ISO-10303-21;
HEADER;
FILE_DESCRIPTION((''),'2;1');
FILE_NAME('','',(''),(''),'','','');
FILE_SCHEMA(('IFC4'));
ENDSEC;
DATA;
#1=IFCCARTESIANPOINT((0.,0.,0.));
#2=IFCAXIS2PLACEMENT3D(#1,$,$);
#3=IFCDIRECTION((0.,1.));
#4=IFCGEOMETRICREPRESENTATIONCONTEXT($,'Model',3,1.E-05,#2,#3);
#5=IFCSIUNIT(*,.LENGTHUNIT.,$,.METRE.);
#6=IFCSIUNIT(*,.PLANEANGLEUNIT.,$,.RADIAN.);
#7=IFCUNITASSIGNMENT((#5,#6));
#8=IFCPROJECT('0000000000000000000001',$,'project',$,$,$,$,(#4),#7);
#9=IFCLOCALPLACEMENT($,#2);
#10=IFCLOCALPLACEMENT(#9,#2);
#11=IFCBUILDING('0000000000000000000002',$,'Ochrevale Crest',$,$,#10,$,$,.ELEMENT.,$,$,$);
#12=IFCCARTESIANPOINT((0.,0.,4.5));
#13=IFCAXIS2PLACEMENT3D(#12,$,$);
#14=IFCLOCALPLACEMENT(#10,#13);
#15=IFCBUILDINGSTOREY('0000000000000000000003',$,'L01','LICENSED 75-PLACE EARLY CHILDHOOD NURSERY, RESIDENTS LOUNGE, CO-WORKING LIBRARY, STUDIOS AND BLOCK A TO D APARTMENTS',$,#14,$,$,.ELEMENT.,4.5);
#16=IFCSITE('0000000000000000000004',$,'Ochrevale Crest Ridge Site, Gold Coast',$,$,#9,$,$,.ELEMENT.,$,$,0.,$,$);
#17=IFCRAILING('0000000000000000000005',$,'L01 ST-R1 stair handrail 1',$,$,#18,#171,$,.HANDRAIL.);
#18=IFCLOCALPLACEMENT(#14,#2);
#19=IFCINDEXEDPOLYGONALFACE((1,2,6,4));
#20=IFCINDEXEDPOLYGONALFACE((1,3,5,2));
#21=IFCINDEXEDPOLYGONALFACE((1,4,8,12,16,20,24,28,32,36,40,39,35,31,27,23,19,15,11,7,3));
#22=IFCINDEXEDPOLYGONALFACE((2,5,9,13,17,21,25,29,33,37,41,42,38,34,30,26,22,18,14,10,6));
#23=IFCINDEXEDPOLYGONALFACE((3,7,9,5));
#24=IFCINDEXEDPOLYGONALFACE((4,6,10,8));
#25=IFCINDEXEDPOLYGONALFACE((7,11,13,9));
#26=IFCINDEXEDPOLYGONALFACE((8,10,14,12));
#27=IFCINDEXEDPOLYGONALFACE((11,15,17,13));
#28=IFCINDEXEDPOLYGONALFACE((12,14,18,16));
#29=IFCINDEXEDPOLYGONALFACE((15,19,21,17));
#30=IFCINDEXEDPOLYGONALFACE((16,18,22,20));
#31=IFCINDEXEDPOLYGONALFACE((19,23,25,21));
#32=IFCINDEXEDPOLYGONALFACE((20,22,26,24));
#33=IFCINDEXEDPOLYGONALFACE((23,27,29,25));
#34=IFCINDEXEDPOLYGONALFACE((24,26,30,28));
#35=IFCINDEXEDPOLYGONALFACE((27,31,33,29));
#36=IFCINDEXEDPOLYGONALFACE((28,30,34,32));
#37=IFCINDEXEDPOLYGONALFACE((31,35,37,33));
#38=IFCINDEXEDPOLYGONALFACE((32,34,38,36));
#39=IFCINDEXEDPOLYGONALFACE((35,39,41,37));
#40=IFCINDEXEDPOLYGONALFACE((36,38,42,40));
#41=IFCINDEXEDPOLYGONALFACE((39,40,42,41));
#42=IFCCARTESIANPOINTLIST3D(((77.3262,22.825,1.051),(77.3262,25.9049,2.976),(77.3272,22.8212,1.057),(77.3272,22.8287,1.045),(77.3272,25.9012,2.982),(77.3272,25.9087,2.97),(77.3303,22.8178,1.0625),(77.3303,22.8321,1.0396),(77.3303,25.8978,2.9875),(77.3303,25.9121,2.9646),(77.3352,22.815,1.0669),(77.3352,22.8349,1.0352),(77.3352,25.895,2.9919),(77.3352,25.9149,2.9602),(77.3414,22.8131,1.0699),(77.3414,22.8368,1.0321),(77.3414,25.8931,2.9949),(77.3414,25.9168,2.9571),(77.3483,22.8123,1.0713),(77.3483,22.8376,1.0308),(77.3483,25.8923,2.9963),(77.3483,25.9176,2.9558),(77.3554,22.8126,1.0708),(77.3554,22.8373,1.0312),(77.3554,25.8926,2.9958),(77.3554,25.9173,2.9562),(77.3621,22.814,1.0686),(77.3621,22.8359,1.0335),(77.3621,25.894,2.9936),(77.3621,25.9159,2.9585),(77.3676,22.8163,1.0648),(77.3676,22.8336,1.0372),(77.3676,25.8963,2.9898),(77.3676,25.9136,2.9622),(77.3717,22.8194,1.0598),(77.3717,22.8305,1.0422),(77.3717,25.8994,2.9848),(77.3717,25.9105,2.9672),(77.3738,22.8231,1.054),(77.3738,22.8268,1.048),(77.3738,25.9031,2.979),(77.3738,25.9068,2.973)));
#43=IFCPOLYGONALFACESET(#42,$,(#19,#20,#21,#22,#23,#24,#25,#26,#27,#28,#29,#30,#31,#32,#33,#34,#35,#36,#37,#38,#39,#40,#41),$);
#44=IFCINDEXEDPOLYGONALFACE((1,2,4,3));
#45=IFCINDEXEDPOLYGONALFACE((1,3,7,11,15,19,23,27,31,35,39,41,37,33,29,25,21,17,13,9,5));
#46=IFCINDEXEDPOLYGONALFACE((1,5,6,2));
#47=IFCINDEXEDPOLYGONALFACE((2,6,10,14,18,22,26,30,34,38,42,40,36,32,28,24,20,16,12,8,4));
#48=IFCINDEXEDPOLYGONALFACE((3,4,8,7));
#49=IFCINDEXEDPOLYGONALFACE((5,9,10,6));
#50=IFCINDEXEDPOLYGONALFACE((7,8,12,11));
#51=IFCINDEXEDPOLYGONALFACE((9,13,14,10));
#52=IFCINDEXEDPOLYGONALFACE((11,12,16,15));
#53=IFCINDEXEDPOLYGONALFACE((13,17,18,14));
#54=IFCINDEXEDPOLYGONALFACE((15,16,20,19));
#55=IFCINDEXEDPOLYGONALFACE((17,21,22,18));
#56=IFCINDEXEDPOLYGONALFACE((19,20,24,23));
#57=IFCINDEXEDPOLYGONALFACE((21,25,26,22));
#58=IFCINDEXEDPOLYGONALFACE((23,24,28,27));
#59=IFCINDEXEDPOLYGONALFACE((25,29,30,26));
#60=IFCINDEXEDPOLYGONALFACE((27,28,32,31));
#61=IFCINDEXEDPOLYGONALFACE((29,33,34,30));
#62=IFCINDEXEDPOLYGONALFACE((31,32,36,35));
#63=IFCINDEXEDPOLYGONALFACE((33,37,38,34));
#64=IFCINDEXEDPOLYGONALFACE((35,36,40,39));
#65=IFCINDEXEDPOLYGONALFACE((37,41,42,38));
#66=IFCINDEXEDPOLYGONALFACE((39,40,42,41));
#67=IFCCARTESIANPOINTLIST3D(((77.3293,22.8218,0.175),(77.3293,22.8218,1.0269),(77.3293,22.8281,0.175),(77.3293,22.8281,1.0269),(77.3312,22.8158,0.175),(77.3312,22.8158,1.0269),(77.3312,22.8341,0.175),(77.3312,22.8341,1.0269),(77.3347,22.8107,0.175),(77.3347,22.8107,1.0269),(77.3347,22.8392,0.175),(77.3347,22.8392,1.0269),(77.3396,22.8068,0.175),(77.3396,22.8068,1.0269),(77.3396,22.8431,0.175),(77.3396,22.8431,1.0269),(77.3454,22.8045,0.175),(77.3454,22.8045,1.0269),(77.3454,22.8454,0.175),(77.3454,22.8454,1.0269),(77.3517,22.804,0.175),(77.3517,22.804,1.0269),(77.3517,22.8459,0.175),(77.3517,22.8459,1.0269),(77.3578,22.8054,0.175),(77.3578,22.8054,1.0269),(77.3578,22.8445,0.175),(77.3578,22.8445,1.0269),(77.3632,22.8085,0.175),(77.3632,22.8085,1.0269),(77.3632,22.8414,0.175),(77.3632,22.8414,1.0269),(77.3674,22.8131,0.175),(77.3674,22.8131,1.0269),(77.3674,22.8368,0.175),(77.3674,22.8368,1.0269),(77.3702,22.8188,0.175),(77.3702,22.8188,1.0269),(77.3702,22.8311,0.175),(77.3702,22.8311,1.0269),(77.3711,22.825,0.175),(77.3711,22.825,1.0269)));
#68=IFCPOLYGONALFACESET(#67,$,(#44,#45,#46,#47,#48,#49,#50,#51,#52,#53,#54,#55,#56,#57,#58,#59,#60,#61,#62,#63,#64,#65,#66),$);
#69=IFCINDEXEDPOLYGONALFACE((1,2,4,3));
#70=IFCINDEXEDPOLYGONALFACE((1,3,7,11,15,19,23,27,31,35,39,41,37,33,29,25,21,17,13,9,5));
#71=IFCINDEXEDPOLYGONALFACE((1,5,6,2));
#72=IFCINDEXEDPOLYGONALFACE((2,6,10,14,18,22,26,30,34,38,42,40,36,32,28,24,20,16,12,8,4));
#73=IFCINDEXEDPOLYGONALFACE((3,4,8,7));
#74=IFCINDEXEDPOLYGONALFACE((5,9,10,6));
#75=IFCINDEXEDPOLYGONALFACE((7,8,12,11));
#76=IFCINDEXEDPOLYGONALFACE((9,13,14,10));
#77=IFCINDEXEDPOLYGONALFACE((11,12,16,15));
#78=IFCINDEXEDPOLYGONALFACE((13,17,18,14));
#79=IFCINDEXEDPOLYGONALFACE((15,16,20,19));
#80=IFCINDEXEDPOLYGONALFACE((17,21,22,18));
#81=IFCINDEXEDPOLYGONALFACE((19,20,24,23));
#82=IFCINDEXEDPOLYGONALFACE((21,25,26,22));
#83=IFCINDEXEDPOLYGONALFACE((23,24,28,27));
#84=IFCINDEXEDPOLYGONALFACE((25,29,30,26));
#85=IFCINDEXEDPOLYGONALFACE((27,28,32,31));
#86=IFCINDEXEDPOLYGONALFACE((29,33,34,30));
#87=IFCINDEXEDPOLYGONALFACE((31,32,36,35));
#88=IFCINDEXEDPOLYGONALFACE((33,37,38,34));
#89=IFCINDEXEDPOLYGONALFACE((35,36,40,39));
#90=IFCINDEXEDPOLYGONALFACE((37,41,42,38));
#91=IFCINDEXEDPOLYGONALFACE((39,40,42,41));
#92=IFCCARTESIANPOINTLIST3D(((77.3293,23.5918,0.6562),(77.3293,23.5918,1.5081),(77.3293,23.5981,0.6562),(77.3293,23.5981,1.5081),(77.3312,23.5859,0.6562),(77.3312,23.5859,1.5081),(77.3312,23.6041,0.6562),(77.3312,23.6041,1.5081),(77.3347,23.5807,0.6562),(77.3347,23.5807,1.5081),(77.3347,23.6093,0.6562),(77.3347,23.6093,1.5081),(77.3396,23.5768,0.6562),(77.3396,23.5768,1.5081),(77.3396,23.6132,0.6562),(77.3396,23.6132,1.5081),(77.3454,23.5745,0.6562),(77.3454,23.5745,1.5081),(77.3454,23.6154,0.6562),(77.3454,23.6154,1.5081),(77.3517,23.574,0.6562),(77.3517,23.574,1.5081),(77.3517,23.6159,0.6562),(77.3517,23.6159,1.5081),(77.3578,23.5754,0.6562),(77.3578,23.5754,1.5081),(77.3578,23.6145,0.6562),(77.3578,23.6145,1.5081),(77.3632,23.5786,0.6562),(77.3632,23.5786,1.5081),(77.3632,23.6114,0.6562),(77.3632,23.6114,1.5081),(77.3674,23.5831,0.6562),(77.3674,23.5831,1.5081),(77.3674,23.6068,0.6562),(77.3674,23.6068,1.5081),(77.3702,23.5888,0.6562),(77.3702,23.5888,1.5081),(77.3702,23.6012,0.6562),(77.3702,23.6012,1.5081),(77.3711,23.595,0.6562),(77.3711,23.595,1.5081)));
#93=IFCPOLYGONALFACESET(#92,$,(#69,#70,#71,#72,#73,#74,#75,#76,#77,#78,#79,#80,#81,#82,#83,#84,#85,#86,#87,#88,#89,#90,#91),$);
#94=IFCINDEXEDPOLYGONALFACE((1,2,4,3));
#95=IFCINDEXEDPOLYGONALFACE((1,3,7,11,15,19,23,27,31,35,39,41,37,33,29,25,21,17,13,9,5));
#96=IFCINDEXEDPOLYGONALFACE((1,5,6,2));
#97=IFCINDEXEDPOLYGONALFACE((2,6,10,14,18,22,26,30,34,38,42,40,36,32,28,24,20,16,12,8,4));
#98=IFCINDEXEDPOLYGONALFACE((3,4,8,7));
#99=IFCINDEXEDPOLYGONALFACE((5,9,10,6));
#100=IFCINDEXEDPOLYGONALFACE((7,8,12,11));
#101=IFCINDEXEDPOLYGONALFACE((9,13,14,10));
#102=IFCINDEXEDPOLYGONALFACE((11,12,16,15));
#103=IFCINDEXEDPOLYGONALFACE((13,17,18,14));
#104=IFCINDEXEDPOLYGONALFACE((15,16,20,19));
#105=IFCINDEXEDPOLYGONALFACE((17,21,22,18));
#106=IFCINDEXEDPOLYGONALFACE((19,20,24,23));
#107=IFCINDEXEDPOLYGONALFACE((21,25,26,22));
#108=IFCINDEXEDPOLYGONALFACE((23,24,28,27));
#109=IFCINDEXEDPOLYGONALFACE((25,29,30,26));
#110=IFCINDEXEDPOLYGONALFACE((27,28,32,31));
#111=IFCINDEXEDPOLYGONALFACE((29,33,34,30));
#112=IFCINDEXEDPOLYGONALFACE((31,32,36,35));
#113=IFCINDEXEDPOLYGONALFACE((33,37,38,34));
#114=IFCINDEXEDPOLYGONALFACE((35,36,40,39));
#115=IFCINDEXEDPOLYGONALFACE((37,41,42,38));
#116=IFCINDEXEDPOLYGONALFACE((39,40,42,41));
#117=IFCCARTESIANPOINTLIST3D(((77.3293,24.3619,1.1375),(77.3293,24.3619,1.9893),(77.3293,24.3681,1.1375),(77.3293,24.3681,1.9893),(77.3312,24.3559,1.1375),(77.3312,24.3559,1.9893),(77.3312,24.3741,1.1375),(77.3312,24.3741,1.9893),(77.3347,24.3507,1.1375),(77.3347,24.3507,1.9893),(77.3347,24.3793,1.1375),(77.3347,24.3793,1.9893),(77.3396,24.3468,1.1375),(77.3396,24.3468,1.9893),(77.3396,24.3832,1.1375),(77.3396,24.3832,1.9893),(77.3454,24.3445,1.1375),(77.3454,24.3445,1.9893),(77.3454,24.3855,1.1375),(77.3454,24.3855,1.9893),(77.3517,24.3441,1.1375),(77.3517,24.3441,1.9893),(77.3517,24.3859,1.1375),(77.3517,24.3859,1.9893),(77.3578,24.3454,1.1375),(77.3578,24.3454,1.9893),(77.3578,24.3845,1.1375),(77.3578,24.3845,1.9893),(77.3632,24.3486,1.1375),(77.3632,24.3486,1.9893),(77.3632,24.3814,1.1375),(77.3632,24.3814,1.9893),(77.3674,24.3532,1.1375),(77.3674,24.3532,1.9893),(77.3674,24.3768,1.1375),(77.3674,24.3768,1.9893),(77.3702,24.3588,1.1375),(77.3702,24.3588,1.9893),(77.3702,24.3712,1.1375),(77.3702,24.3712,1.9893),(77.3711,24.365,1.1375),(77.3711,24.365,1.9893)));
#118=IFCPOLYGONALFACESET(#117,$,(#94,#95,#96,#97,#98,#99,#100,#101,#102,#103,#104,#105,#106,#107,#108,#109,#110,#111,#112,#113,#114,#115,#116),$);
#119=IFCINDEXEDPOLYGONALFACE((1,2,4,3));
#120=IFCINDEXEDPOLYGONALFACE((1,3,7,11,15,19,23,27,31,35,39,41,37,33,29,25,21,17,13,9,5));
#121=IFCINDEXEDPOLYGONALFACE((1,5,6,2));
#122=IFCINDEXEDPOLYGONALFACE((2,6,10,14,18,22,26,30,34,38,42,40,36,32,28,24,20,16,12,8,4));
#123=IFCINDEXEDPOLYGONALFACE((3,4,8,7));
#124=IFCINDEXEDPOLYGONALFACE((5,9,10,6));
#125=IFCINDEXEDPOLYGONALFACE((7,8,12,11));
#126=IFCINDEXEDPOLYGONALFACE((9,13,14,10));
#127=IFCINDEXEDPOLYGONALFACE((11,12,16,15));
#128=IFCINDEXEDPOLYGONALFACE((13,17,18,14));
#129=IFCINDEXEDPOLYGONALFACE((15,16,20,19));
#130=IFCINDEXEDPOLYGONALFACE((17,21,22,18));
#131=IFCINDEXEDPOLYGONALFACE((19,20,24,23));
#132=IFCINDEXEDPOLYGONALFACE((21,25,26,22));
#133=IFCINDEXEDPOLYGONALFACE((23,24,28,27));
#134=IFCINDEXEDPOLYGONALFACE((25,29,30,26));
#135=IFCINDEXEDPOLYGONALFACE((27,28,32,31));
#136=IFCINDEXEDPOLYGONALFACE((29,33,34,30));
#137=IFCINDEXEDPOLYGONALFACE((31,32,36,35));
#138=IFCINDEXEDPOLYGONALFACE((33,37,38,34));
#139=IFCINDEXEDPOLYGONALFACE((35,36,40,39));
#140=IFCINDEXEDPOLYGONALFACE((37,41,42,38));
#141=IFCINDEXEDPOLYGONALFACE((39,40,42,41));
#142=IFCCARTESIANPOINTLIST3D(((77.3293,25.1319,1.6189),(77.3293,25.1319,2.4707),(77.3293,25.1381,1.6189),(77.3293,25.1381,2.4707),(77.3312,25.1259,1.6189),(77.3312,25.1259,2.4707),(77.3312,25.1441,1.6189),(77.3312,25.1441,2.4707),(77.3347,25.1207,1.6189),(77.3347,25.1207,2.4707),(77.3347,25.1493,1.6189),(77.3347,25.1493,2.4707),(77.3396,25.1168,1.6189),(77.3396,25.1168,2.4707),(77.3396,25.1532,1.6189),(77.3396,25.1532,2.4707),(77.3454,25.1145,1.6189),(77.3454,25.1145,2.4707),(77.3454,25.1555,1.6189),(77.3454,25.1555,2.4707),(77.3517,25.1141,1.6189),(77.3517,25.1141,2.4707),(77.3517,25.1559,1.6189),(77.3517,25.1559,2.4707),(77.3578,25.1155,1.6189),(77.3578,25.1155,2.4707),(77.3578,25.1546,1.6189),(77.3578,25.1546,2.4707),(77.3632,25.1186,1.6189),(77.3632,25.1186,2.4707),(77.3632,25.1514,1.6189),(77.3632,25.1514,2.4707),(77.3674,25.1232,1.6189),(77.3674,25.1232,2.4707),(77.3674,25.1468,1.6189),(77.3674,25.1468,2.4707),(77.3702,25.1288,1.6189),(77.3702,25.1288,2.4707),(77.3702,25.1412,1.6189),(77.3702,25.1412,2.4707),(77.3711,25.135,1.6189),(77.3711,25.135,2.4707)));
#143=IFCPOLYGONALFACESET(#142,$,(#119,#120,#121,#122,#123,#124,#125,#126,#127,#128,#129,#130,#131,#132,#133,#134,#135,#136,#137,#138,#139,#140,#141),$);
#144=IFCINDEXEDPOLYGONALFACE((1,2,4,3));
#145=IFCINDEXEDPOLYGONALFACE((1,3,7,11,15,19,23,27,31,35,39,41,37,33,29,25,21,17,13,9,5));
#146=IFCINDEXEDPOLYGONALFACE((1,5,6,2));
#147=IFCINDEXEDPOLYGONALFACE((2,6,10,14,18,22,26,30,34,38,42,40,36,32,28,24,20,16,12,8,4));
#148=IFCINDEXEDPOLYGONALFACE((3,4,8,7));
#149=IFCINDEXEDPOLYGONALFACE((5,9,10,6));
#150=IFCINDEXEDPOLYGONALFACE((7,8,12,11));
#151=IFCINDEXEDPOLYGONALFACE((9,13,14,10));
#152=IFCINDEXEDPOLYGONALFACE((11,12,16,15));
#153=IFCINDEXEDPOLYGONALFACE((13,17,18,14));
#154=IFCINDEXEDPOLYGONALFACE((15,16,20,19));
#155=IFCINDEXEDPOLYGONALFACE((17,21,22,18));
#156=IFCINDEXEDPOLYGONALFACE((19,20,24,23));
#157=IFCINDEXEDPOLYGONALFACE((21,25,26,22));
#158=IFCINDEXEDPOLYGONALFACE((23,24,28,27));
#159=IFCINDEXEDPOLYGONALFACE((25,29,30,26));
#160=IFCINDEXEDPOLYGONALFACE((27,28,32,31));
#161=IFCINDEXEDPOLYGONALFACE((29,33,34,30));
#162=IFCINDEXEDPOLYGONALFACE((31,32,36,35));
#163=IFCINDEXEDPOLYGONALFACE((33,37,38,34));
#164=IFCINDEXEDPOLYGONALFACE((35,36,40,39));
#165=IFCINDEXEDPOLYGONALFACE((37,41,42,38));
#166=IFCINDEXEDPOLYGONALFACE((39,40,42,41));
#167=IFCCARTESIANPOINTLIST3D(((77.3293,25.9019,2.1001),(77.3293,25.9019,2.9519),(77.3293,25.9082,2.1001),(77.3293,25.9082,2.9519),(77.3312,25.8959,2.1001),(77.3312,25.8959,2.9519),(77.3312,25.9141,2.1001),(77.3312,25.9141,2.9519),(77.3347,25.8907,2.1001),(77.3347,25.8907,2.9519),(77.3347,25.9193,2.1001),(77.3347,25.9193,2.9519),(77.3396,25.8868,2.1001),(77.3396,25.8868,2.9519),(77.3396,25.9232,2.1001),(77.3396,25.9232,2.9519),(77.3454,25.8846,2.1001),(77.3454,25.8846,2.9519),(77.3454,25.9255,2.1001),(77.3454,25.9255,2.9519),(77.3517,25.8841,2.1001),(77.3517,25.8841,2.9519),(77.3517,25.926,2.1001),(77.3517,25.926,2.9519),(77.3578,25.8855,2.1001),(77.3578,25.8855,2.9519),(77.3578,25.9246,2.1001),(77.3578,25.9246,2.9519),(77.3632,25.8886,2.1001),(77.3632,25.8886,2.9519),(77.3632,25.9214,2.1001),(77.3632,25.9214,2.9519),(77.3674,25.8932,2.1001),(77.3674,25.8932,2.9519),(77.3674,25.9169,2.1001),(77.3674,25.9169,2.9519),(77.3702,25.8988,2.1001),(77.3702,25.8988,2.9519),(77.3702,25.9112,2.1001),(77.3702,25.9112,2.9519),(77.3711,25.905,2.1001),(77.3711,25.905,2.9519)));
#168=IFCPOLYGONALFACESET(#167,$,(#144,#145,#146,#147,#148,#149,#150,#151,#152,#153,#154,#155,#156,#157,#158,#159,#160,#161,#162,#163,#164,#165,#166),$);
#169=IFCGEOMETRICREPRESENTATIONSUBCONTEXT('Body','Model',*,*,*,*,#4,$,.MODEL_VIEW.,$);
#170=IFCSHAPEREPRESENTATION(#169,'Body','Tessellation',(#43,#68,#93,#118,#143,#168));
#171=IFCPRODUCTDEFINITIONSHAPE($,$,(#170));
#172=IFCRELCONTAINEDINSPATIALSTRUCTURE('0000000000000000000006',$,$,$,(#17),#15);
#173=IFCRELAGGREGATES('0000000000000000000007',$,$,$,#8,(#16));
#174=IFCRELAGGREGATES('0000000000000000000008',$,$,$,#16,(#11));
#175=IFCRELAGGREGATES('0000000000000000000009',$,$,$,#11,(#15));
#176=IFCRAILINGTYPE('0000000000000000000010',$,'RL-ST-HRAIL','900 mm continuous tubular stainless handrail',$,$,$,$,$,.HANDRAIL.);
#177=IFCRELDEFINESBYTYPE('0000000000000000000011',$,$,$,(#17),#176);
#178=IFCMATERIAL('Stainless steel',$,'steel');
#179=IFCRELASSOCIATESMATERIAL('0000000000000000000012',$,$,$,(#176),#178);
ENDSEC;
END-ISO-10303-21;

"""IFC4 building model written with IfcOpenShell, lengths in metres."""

from ifc_helpers import new_model, si_unit, direction, frame, origin, origin_2d, place, context, subcontext, project, spatial, circle, extrude, material, type_object, element, save


model = new_model("IFC4")

# Units and contexts
model_context = context("Model", 3, precision=1e-05, world=origin(), true_north=direction((0.0, 1.0)))
body_context = subcontext(model_context, "Body", "Model", "MODEL_VIEW")
ifc_project = project(units=[si_unit("LENGTHUNIT", "METRE"), si_unit("PLANEANGLEUNIT", "RADIAN")], contexts=[model_context])

# Site, building, storey
site_placement = place(None, origin())
site = spatial("IfcSite", under=ifc_project, at=site_placement, Name="Ochrevale Crest Ridge Site, Gold Coast", CompositionType="ELEMENT", RefElevation=0.0)
building_placement = place(site_placement, origin())
building = spatial("IfcBuilding", under=site, at=building_placement, Name="Ochrevale Crest", CompositionType="ELEMENT")
storey_placement = place(building_placement, frame((0.0, 0.0, 4.5)))
storey = spatial("IfcBuildingStorey", under=building, at=storey_placement, Name="L01", Description="LICENSED 75-PLACE EARLY CHILDHOOD NURSERY, RESIDENTS LOUNGE, CO-WORKING LIBRARY, STUDIOS AND BLOCK A TO D APARTMENTS", CompositionType="ELEMENT", Elevation=4.5)

# Railing
ifc_material_1 = material(Name="Stainless steel", Category="steel")
railing_type_1 = type_object("IfcRailingType", Name="RL-ST-HRAIL", Description="900 mm continuous tubular stainless handrail", PredefinedType="HANDRAIL", material=ifc_material_1)
railing_1_placement = place(storey_placement, frame((77.3501, 22.825, 0.175)))
element("IfcRailing", 1, at=railing_1_placement, inside=storey, type_object=railing_type_1, Name="L01 ST-R1 stair handrail 1", PredefinedType="HANDRAIL", context=body_context, shape_type="SweptSolid", body=[
    extrude(circle(Radius=0.0239, at=origin_2d()), frame((0.0, 0.0, 0.876), z_axis=(0.0, 0.847998, 0.529999), x_axis=(-1.0, 0.0, 0.0)), (0.0, 0.0, 1.0), 3.6321),
    extrude(circle(Radius=0.021, at=origin_2d()), origin(), (0.0, 0.0, 1.0), 0.8518),
    extrude(circle(Radius=0.021, at=origin_2d()), frame((0.0, 0.77, 0.4812)), (0.0, 0.0, 1.0), 0.8518),
    extrude(circle(Radius=0.021, at=origin_2d()), frame((0.0, 1.54, 0.9624)), (0.0, 0.0, 1.0), 0.8518),
    extrude(circle(Radius=0.021, at=origin_2d()), frame((0.0, 2.3101, 1.4438)), (0.0, 0.0, 1.0), 0.8518),
    extrude(circle(Radius=0.021, at=origin_2d()), frame((0.0, 3.0801, 1.925)), (0.0, 0.0, 1.0), 0.8518),
])

save(model, "model.ifc")
